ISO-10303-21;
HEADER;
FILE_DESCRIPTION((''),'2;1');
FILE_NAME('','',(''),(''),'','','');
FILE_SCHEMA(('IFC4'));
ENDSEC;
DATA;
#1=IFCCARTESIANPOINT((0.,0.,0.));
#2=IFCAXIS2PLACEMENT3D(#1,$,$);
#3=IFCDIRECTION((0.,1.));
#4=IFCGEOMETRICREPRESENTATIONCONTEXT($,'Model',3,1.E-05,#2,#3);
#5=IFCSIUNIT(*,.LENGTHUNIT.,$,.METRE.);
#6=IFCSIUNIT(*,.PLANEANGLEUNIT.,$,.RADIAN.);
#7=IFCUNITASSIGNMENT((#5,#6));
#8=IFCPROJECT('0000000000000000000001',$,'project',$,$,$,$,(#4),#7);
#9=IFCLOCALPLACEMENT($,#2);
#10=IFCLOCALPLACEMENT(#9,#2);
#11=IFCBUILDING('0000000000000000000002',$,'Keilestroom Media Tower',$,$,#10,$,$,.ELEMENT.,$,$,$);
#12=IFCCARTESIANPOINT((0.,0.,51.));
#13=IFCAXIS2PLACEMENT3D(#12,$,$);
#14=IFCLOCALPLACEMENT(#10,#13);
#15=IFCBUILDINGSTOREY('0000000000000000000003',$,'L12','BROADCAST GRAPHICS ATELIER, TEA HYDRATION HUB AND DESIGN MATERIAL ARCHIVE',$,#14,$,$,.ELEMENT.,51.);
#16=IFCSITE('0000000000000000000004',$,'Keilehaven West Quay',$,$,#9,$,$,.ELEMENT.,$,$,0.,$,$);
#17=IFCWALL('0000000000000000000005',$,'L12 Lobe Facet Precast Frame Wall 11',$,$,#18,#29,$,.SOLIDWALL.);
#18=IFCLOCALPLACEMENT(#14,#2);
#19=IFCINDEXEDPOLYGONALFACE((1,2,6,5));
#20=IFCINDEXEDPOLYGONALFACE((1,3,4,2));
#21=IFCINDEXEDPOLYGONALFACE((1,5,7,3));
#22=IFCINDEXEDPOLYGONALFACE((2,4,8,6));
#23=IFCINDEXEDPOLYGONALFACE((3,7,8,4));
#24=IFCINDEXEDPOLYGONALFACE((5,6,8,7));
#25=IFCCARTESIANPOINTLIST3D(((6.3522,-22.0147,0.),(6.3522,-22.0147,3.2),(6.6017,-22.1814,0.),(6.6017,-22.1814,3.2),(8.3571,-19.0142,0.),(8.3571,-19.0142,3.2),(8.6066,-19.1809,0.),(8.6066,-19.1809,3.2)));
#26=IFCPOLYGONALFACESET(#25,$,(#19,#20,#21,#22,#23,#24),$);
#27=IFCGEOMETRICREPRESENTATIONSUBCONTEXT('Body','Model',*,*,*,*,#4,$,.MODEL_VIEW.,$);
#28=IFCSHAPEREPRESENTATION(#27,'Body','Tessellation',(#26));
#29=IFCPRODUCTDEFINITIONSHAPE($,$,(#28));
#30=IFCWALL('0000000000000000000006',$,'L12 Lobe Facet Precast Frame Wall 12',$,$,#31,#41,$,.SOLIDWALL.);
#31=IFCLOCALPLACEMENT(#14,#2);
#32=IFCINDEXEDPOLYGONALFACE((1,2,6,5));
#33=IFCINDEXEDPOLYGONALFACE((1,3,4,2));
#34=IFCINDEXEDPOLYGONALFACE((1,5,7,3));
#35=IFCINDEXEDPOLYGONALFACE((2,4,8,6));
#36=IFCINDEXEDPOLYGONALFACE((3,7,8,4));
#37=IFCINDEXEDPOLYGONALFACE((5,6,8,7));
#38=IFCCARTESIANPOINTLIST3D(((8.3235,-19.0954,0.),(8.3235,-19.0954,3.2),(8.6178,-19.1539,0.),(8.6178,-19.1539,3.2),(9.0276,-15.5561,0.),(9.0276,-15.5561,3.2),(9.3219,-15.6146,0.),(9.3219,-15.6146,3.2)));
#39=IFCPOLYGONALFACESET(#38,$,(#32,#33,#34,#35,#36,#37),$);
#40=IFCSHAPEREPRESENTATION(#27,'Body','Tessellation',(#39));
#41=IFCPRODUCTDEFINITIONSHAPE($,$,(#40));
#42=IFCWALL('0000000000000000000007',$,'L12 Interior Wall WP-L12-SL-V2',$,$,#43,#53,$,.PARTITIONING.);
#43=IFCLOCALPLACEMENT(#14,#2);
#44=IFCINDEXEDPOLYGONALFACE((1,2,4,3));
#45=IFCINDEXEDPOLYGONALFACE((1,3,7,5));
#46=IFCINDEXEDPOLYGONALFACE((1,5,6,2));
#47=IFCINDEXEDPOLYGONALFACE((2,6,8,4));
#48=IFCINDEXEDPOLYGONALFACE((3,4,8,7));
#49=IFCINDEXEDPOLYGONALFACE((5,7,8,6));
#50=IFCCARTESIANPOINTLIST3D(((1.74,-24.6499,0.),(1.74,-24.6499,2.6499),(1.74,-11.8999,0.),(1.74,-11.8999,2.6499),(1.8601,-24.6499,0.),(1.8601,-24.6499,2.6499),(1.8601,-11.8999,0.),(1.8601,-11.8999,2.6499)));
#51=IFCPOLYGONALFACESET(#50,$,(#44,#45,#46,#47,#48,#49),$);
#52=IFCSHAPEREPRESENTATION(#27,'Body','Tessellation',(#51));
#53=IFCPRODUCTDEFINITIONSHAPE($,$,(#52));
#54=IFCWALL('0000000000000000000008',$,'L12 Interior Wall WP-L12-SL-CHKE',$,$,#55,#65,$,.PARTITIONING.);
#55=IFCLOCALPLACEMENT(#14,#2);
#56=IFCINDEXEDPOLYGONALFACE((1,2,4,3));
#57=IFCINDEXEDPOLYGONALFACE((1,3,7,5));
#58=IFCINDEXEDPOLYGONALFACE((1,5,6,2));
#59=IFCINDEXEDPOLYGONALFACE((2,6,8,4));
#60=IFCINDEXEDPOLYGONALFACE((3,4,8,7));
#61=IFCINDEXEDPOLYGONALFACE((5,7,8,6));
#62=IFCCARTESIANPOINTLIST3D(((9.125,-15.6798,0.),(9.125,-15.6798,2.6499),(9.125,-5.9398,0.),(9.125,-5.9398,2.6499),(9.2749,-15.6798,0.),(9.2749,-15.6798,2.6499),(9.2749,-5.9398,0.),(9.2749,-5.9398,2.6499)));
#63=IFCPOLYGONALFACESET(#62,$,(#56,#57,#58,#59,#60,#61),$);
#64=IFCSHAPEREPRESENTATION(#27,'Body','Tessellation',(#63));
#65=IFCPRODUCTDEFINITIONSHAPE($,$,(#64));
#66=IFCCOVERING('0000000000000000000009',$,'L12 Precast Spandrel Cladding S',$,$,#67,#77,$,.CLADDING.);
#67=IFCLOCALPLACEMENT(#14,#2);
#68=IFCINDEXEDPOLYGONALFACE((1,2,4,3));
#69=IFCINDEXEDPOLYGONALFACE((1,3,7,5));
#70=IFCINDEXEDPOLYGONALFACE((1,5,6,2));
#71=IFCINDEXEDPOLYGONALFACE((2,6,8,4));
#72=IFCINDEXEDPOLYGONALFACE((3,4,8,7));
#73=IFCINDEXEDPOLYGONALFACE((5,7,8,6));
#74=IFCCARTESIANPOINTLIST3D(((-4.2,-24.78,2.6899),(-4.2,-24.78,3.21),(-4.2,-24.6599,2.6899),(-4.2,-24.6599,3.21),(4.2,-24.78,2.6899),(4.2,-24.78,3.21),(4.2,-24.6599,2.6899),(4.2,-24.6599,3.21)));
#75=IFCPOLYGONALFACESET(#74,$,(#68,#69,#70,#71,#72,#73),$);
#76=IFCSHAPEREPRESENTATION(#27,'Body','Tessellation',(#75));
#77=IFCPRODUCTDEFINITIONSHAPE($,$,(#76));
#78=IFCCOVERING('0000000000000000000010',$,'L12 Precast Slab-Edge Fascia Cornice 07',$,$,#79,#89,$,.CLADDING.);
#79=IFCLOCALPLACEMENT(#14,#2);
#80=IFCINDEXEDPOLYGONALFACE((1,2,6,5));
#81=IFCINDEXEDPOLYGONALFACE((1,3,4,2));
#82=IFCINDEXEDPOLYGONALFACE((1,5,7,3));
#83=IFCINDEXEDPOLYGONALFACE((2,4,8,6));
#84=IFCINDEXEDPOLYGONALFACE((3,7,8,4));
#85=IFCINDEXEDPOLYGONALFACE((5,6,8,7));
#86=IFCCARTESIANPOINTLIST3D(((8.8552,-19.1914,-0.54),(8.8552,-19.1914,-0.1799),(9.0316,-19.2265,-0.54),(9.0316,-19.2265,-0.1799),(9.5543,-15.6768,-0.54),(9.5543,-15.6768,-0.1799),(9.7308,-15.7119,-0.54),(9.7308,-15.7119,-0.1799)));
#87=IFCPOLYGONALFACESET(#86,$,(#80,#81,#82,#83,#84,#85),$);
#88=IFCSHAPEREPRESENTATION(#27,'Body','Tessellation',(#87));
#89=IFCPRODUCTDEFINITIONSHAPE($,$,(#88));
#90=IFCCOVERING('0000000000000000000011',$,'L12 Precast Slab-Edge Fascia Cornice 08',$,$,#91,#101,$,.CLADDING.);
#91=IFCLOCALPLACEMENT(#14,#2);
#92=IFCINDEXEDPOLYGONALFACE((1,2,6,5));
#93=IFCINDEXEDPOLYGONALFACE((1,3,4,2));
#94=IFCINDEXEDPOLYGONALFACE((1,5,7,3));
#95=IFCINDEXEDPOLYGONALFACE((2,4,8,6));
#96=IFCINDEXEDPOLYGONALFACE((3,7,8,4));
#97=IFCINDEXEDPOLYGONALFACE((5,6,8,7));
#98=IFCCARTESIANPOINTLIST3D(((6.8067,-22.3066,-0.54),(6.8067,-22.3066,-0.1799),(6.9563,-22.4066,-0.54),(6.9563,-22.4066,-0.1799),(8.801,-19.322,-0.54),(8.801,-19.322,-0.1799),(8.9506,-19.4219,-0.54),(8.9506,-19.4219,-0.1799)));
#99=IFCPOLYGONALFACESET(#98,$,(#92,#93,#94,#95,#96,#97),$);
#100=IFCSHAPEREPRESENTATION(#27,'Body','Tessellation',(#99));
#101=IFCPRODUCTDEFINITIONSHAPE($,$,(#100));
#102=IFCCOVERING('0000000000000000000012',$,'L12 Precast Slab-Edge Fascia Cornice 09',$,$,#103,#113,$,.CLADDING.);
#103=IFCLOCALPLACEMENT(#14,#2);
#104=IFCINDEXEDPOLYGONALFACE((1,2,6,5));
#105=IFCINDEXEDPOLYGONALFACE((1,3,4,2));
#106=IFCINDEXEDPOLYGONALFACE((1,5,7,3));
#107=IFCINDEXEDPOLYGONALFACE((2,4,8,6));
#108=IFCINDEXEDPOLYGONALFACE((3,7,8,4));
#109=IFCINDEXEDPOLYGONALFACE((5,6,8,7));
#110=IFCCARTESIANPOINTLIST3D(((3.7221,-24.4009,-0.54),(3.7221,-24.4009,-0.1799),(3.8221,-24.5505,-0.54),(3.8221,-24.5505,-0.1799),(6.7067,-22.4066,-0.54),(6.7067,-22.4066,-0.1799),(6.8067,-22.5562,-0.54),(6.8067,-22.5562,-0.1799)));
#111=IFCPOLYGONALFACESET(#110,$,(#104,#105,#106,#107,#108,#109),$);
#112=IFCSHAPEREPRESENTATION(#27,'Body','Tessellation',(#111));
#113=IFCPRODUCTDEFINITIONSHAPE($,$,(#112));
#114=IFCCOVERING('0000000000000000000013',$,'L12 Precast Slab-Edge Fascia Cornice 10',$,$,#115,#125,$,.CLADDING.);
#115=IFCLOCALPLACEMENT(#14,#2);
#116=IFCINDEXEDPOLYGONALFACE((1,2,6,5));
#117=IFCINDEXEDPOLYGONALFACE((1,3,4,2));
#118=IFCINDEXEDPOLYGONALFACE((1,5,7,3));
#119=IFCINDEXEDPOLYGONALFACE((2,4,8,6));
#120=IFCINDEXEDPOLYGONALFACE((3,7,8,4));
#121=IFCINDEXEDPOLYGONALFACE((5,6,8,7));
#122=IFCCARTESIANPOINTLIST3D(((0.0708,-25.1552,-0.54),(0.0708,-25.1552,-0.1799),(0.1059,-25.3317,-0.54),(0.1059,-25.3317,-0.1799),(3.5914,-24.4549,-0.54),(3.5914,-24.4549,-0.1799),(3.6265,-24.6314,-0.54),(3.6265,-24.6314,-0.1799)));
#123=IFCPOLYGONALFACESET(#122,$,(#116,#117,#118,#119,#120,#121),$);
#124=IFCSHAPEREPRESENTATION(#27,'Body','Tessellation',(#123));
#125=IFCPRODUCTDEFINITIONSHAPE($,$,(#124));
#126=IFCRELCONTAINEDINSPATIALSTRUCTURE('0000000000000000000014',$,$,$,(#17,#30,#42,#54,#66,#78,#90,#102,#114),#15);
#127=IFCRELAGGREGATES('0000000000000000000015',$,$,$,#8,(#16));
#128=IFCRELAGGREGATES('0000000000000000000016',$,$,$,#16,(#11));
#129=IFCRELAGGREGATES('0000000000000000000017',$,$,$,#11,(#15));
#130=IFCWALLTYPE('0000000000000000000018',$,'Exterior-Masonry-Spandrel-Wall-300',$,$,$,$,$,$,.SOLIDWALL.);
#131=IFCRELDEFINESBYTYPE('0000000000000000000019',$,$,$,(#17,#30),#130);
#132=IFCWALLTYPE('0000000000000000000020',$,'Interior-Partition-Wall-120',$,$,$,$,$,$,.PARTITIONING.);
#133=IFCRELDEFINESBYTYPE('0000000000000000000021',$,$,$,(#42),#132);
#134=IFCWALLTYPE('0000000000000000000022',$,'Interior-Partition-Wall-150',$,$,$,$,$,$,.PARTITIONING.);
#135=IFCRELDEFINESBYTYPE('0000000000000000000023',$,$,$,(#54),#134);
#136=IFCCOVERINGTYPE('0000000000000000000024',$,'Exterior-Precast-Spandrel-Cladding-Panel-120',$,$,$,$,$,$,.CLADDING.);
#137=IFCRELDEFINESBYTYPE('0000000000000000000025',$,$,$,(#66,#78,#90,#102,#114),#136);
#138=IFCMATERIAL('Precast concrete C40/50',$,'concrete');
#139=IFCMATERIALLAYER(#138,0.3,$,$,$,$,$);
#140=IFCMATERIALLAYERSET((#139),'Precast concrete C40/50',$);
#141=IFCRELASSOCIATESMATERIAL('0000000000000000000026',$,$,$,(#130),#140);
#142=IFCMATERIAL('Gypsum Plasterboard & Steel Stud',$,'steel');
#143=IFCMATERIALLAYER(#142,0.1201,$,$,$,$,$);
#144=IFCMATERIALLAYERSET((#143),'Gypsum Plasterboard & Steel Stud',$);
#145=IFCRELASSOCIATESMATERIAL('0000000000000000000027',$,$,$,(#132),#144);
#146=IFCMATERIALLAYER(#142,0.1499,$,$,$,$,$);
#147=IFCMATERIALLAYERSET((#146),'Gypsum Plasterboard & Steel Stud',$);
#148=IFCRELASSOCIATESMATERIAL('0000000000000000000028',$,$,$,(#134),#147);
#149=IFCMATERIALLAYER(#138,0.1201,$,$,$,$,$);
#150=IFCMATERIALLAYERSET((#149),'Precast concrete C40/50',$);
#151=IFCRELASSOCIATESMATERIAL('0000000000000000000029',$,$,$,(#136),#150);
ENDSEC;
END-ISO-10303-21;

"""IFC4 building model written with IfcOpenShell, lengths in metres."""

from ifc_helpers import new_model, si_unit, direction, frame, frame_2d, origin, origin_2d, place, context, subcontext, project, spatial, rectangle, extrude, source, transform, mapped, material, layer, layer_set, type_object, element, save


model = new_model("IFC4")

# Units and contexts
model_context = context("Model", 3, precision=1e-05, world=origin(), true_north=direction((0.0, 1.0)))
body_context = subcontext(model_context, "Body", "Model", "MODEL_VIEW")
ifc_project = project(units=[si_unit("LENGTHUNIT", "METRE"), si_unit("PLANEANGLEUNIT", "RADIAN")], contexts=[model_context])

# Site, building, storey
site_placement = place(None, origin())
site = spatial("IfcSite", under=ifc_project, at=site_placement, Name="Keilehaven West Quay", CompositionType="ELEMENT", RefElevation=0.0)
building_placement = place(site_placement, origin())
building = spatial("IfcBuilding", under=site, at=building_placement, Name="Keilestroom Media Tower", CompositionType="ELEMENT")
storey_placement = place(building_placement, frame((0.0, 0.0, 51.0)))
storey = spatial("IfcBuildingStorey", under=building, at=storey_placement, Name="L12", Description="BROADCAST GRAPHICS ATELIER, TEA HYDRATION HUB AND DESIGN MATERIAL ARCHIVE", CompositionType="ELEMENT", Elevation=51.0)

# Walls
ifc_material_1 = material(Name="Precast concrete C40/50", Category="concrete")
ifc_layer_1 = layer(ifc_material_1, 0.3)
ifc_layer_set_1 = layer_set([ifc_layer_1], Name="Precast concrete C40/50")
wall_type_1 = type_object("IfcWallType", Name="Exterior-Masonry-Spandrel-Wall-300", PredefinedType="SOLIDWALL", material=ifc_layer_set_1)
for number, where, z_axis, x_axis, name in (
    (1, (6.4771, -22.0979, 0.0), (0.0, 0.0, 1.0), (0.555574, 0.831467, 0.0), "L12 Lobe Facet Precast Frame Wall 11"),
    (2, (8.4707, -19.1245, 0.0), (0.0, 0.0, 1.0), (0.195114, 0.980781, 0.0), "L12 Lobe Facet Precast Frame Wall 12"),
):
    element("IfcWall", number, at=place(storey_placement, frame(where, z_axis=z_axis, x_axis=x_axis)), inside=storey, type_object=wall_type_1, Name=name, PredefinedType="SOLIDWALL", context=body_context, shape_type="SweptSolid", body=[
        extrude(rectangle(XDim=3.6086, YDim=0.3, at=frame_2d((1.8042, 0.0))), origin(), (0.0, 0.0, 1.0), 3.2),
    ])
ifc_material_2 = material(Name="Gypsum Plasterboard & Steel Stud", Category="steel")
ifc_layer_2 = layer(ifc_material_2, 0.1201)
ifc_layer_set_2 = layer_set([ifc_layer_2], Name="Gypsum Plasterboard & Steel Stud")
wall_type_2 = type_object("IfcWallType", Name="Interior-Partition-Wall-120", PredefinedType="PARTITIONING", material=ifc_layer_set_2)
wall_1_placement = place(storey_placement, frame((1.8, -24.6499, 0.0), z_axis=(0.0, 0.0, 1.0), x_axis=(0.0, 1.0, 0.0)))
element("IfcWall", 3, at=wall_1_placement, inside=storey, type_object=wall_type_2, Name="L12 Interior Wall WP-L12-SL-V2", PredefinedType="PARTITIONING", context=body_context, shape_type="SweptSolid", body=[
    extrude(rectangle(XDim=12.75, YDim=0.1201, at=frame_2d((6.375, 0.0))), origin(), (0.0, 0.0, 1.0), 2.6499),
])
ifc_layer_3 = layer(ifc_material_2, 0.1499)
ifc_layer_set_3 = layer_set([ifc_layer_3], Name="Gypsum Plasterboard & Steel Stud")
wall_type_3 = type_object("IfcWallType", Name="Interior-Partition-Wall-150", PredefinedType="PARTITIONING", material=ifc_layer_set_3)
wall_2_placement = place(storey_placement, frame((9.2, -15.6799, 0.0), z_axis=(0.0, 0.0, 1.0), x_axis=(0.0, 1.0, 0.0)))
element("IfcWall", 4, at=wall_2_placement, inside=storey, type_object=wall_type_3, Name="L12 Interior Wall WP-L12-SL-CHKE", PredefinedType="PARTITIONING", context=body_context, shape_type="SweptSolid", body=[
    extrude(rectangle(XDim=9.74, YDim=0.1499, at=frame_2d((4.8701, 0.0))), origin(), (0.0, 0.0, 1.0), 2.6499),
])

# Coverings
ifc_layer_4 = layer(ifc_material_1, 0.1201)
ifc_layer_set_4 = layer_set([ifc_layer_4], Name="Precast concrete C40/50")
covering_type = type_object("IfcCoveringType", Name="Exterior-Precast-Spandrel-Cladding-Panel-120", PredefinedType="CLADDING", material=ifc_layer_set_4)
shared_shape_1 = source(origin(), body_context, "Body", "SweptSolid", [
    extrude(rectangle(XDim=8.3999, YDim=0.1201, at=origin_2d()), origin(), (0.0, 0.0, 1.0), 0.52),
])
covering_1_placement = place(storey_placement, frame((0.0, -24.72, 2.6899), z_axis=(0.0, 0.0, 1.0), x_axis=(1.0, 0.0, 0.0)))
element("IfcCovering", 5, at=covering_1_placement, inside=storey, type_object=covering_type, Name="L12 Precast Spandrel Cladding S", PredefinedType="CLADDING", context=body_context, shape_type="MappedRepresentation", body=[
    mapped(shared_shape_1, transform((0.0, 0.0, 0.0), x_axis=(1.0, 0.0, 0.0), y_axis=(0.0, 1.0, 0.0), z_axis=(0.0, 0.0, 1.0), scale=1.0)),
])
shared_shape_2 = source(origin(), body_context, "Body", "SweptSolid", [
    extrude(rectangle(XDim=3.5835, YDim=0.1799, at=origin_2d()), origin(), (0.0, 0.0, 1.0), 0.3601),
])
covering_2_placement = place(storey_placement, frame((9.293, -17.4517, -0.54), z_axis=(0.0, 0.0, 1.0), x_axis=(-0.195099, -0.980784, 0.0)))
element("IfcCovering", 6, at=covering_2_placement, inside=storey, type_object=covering_type, Name="L12 Precast Slab-Edge Fascia Cornice 07", PredefinedType="CLADDING", context=body_context, shape_type="MappedRepresentation", body=[
    mapped(shared_shape_2, transform((0.0, 0.0, 0.0), x_axis=(1.0, 0.0, 0.0), y_axis=(0.0, 1.0, 0.0), z_axis=(0.0, 0.0, 1.0), scale=1.0)),
])
shared_shape_3 = source(origin(), body_context, "Body", "SweptSolid", [
    extrude(rectangle(XDim=3.5896, YDim=0.1799, at=origin_2d()), origin(), (0.0, 0.0, 1.0), 0.3601),
])
for number, where, z_axis, x_axis, name in (
    (7, (7.8787, -20.8643, -0.54), (0.0, 0.0, 1.0), (-0.555575, -0.831467, 0.0), "L12 Precast Slab-Edge Fascia Cornice 08"),
    (8, (5.2644, -23.4785, -0.54), (0.0, 0.0, 1.0), (-0.831467, -0.555575, 0.0), "L12 Precast Slab-Edge Fascia Cornice 09"),
    (9, (1.8486, -24.8933, -0.54), (0.0, 0.0, 1.0), (-0.980784, -0.195099, 0.0), "L12 Precast Slab-Edge Fascia Cornice 10"),
):
    element("IfcCovering", number, at=place(storey_placement, frame(where, z_axis=z_axis, x_axis=x_axis)), inside=storey, type_object=covering_type, Name=name, PredefinedType="CLADDING", context=body_context, shape_type="MappedRepresentation", body=[
        mapped(shared_shape_3, transform((0.0, 0.0, 0.0), x_axis=(1.0, 0.0, 0.0), y_axis=(0.0, 1.0, 0.0), z_axis=(0.0, 0.0, 1.0), scale=1.0)),
    ])

save(model, "model.ifc")
